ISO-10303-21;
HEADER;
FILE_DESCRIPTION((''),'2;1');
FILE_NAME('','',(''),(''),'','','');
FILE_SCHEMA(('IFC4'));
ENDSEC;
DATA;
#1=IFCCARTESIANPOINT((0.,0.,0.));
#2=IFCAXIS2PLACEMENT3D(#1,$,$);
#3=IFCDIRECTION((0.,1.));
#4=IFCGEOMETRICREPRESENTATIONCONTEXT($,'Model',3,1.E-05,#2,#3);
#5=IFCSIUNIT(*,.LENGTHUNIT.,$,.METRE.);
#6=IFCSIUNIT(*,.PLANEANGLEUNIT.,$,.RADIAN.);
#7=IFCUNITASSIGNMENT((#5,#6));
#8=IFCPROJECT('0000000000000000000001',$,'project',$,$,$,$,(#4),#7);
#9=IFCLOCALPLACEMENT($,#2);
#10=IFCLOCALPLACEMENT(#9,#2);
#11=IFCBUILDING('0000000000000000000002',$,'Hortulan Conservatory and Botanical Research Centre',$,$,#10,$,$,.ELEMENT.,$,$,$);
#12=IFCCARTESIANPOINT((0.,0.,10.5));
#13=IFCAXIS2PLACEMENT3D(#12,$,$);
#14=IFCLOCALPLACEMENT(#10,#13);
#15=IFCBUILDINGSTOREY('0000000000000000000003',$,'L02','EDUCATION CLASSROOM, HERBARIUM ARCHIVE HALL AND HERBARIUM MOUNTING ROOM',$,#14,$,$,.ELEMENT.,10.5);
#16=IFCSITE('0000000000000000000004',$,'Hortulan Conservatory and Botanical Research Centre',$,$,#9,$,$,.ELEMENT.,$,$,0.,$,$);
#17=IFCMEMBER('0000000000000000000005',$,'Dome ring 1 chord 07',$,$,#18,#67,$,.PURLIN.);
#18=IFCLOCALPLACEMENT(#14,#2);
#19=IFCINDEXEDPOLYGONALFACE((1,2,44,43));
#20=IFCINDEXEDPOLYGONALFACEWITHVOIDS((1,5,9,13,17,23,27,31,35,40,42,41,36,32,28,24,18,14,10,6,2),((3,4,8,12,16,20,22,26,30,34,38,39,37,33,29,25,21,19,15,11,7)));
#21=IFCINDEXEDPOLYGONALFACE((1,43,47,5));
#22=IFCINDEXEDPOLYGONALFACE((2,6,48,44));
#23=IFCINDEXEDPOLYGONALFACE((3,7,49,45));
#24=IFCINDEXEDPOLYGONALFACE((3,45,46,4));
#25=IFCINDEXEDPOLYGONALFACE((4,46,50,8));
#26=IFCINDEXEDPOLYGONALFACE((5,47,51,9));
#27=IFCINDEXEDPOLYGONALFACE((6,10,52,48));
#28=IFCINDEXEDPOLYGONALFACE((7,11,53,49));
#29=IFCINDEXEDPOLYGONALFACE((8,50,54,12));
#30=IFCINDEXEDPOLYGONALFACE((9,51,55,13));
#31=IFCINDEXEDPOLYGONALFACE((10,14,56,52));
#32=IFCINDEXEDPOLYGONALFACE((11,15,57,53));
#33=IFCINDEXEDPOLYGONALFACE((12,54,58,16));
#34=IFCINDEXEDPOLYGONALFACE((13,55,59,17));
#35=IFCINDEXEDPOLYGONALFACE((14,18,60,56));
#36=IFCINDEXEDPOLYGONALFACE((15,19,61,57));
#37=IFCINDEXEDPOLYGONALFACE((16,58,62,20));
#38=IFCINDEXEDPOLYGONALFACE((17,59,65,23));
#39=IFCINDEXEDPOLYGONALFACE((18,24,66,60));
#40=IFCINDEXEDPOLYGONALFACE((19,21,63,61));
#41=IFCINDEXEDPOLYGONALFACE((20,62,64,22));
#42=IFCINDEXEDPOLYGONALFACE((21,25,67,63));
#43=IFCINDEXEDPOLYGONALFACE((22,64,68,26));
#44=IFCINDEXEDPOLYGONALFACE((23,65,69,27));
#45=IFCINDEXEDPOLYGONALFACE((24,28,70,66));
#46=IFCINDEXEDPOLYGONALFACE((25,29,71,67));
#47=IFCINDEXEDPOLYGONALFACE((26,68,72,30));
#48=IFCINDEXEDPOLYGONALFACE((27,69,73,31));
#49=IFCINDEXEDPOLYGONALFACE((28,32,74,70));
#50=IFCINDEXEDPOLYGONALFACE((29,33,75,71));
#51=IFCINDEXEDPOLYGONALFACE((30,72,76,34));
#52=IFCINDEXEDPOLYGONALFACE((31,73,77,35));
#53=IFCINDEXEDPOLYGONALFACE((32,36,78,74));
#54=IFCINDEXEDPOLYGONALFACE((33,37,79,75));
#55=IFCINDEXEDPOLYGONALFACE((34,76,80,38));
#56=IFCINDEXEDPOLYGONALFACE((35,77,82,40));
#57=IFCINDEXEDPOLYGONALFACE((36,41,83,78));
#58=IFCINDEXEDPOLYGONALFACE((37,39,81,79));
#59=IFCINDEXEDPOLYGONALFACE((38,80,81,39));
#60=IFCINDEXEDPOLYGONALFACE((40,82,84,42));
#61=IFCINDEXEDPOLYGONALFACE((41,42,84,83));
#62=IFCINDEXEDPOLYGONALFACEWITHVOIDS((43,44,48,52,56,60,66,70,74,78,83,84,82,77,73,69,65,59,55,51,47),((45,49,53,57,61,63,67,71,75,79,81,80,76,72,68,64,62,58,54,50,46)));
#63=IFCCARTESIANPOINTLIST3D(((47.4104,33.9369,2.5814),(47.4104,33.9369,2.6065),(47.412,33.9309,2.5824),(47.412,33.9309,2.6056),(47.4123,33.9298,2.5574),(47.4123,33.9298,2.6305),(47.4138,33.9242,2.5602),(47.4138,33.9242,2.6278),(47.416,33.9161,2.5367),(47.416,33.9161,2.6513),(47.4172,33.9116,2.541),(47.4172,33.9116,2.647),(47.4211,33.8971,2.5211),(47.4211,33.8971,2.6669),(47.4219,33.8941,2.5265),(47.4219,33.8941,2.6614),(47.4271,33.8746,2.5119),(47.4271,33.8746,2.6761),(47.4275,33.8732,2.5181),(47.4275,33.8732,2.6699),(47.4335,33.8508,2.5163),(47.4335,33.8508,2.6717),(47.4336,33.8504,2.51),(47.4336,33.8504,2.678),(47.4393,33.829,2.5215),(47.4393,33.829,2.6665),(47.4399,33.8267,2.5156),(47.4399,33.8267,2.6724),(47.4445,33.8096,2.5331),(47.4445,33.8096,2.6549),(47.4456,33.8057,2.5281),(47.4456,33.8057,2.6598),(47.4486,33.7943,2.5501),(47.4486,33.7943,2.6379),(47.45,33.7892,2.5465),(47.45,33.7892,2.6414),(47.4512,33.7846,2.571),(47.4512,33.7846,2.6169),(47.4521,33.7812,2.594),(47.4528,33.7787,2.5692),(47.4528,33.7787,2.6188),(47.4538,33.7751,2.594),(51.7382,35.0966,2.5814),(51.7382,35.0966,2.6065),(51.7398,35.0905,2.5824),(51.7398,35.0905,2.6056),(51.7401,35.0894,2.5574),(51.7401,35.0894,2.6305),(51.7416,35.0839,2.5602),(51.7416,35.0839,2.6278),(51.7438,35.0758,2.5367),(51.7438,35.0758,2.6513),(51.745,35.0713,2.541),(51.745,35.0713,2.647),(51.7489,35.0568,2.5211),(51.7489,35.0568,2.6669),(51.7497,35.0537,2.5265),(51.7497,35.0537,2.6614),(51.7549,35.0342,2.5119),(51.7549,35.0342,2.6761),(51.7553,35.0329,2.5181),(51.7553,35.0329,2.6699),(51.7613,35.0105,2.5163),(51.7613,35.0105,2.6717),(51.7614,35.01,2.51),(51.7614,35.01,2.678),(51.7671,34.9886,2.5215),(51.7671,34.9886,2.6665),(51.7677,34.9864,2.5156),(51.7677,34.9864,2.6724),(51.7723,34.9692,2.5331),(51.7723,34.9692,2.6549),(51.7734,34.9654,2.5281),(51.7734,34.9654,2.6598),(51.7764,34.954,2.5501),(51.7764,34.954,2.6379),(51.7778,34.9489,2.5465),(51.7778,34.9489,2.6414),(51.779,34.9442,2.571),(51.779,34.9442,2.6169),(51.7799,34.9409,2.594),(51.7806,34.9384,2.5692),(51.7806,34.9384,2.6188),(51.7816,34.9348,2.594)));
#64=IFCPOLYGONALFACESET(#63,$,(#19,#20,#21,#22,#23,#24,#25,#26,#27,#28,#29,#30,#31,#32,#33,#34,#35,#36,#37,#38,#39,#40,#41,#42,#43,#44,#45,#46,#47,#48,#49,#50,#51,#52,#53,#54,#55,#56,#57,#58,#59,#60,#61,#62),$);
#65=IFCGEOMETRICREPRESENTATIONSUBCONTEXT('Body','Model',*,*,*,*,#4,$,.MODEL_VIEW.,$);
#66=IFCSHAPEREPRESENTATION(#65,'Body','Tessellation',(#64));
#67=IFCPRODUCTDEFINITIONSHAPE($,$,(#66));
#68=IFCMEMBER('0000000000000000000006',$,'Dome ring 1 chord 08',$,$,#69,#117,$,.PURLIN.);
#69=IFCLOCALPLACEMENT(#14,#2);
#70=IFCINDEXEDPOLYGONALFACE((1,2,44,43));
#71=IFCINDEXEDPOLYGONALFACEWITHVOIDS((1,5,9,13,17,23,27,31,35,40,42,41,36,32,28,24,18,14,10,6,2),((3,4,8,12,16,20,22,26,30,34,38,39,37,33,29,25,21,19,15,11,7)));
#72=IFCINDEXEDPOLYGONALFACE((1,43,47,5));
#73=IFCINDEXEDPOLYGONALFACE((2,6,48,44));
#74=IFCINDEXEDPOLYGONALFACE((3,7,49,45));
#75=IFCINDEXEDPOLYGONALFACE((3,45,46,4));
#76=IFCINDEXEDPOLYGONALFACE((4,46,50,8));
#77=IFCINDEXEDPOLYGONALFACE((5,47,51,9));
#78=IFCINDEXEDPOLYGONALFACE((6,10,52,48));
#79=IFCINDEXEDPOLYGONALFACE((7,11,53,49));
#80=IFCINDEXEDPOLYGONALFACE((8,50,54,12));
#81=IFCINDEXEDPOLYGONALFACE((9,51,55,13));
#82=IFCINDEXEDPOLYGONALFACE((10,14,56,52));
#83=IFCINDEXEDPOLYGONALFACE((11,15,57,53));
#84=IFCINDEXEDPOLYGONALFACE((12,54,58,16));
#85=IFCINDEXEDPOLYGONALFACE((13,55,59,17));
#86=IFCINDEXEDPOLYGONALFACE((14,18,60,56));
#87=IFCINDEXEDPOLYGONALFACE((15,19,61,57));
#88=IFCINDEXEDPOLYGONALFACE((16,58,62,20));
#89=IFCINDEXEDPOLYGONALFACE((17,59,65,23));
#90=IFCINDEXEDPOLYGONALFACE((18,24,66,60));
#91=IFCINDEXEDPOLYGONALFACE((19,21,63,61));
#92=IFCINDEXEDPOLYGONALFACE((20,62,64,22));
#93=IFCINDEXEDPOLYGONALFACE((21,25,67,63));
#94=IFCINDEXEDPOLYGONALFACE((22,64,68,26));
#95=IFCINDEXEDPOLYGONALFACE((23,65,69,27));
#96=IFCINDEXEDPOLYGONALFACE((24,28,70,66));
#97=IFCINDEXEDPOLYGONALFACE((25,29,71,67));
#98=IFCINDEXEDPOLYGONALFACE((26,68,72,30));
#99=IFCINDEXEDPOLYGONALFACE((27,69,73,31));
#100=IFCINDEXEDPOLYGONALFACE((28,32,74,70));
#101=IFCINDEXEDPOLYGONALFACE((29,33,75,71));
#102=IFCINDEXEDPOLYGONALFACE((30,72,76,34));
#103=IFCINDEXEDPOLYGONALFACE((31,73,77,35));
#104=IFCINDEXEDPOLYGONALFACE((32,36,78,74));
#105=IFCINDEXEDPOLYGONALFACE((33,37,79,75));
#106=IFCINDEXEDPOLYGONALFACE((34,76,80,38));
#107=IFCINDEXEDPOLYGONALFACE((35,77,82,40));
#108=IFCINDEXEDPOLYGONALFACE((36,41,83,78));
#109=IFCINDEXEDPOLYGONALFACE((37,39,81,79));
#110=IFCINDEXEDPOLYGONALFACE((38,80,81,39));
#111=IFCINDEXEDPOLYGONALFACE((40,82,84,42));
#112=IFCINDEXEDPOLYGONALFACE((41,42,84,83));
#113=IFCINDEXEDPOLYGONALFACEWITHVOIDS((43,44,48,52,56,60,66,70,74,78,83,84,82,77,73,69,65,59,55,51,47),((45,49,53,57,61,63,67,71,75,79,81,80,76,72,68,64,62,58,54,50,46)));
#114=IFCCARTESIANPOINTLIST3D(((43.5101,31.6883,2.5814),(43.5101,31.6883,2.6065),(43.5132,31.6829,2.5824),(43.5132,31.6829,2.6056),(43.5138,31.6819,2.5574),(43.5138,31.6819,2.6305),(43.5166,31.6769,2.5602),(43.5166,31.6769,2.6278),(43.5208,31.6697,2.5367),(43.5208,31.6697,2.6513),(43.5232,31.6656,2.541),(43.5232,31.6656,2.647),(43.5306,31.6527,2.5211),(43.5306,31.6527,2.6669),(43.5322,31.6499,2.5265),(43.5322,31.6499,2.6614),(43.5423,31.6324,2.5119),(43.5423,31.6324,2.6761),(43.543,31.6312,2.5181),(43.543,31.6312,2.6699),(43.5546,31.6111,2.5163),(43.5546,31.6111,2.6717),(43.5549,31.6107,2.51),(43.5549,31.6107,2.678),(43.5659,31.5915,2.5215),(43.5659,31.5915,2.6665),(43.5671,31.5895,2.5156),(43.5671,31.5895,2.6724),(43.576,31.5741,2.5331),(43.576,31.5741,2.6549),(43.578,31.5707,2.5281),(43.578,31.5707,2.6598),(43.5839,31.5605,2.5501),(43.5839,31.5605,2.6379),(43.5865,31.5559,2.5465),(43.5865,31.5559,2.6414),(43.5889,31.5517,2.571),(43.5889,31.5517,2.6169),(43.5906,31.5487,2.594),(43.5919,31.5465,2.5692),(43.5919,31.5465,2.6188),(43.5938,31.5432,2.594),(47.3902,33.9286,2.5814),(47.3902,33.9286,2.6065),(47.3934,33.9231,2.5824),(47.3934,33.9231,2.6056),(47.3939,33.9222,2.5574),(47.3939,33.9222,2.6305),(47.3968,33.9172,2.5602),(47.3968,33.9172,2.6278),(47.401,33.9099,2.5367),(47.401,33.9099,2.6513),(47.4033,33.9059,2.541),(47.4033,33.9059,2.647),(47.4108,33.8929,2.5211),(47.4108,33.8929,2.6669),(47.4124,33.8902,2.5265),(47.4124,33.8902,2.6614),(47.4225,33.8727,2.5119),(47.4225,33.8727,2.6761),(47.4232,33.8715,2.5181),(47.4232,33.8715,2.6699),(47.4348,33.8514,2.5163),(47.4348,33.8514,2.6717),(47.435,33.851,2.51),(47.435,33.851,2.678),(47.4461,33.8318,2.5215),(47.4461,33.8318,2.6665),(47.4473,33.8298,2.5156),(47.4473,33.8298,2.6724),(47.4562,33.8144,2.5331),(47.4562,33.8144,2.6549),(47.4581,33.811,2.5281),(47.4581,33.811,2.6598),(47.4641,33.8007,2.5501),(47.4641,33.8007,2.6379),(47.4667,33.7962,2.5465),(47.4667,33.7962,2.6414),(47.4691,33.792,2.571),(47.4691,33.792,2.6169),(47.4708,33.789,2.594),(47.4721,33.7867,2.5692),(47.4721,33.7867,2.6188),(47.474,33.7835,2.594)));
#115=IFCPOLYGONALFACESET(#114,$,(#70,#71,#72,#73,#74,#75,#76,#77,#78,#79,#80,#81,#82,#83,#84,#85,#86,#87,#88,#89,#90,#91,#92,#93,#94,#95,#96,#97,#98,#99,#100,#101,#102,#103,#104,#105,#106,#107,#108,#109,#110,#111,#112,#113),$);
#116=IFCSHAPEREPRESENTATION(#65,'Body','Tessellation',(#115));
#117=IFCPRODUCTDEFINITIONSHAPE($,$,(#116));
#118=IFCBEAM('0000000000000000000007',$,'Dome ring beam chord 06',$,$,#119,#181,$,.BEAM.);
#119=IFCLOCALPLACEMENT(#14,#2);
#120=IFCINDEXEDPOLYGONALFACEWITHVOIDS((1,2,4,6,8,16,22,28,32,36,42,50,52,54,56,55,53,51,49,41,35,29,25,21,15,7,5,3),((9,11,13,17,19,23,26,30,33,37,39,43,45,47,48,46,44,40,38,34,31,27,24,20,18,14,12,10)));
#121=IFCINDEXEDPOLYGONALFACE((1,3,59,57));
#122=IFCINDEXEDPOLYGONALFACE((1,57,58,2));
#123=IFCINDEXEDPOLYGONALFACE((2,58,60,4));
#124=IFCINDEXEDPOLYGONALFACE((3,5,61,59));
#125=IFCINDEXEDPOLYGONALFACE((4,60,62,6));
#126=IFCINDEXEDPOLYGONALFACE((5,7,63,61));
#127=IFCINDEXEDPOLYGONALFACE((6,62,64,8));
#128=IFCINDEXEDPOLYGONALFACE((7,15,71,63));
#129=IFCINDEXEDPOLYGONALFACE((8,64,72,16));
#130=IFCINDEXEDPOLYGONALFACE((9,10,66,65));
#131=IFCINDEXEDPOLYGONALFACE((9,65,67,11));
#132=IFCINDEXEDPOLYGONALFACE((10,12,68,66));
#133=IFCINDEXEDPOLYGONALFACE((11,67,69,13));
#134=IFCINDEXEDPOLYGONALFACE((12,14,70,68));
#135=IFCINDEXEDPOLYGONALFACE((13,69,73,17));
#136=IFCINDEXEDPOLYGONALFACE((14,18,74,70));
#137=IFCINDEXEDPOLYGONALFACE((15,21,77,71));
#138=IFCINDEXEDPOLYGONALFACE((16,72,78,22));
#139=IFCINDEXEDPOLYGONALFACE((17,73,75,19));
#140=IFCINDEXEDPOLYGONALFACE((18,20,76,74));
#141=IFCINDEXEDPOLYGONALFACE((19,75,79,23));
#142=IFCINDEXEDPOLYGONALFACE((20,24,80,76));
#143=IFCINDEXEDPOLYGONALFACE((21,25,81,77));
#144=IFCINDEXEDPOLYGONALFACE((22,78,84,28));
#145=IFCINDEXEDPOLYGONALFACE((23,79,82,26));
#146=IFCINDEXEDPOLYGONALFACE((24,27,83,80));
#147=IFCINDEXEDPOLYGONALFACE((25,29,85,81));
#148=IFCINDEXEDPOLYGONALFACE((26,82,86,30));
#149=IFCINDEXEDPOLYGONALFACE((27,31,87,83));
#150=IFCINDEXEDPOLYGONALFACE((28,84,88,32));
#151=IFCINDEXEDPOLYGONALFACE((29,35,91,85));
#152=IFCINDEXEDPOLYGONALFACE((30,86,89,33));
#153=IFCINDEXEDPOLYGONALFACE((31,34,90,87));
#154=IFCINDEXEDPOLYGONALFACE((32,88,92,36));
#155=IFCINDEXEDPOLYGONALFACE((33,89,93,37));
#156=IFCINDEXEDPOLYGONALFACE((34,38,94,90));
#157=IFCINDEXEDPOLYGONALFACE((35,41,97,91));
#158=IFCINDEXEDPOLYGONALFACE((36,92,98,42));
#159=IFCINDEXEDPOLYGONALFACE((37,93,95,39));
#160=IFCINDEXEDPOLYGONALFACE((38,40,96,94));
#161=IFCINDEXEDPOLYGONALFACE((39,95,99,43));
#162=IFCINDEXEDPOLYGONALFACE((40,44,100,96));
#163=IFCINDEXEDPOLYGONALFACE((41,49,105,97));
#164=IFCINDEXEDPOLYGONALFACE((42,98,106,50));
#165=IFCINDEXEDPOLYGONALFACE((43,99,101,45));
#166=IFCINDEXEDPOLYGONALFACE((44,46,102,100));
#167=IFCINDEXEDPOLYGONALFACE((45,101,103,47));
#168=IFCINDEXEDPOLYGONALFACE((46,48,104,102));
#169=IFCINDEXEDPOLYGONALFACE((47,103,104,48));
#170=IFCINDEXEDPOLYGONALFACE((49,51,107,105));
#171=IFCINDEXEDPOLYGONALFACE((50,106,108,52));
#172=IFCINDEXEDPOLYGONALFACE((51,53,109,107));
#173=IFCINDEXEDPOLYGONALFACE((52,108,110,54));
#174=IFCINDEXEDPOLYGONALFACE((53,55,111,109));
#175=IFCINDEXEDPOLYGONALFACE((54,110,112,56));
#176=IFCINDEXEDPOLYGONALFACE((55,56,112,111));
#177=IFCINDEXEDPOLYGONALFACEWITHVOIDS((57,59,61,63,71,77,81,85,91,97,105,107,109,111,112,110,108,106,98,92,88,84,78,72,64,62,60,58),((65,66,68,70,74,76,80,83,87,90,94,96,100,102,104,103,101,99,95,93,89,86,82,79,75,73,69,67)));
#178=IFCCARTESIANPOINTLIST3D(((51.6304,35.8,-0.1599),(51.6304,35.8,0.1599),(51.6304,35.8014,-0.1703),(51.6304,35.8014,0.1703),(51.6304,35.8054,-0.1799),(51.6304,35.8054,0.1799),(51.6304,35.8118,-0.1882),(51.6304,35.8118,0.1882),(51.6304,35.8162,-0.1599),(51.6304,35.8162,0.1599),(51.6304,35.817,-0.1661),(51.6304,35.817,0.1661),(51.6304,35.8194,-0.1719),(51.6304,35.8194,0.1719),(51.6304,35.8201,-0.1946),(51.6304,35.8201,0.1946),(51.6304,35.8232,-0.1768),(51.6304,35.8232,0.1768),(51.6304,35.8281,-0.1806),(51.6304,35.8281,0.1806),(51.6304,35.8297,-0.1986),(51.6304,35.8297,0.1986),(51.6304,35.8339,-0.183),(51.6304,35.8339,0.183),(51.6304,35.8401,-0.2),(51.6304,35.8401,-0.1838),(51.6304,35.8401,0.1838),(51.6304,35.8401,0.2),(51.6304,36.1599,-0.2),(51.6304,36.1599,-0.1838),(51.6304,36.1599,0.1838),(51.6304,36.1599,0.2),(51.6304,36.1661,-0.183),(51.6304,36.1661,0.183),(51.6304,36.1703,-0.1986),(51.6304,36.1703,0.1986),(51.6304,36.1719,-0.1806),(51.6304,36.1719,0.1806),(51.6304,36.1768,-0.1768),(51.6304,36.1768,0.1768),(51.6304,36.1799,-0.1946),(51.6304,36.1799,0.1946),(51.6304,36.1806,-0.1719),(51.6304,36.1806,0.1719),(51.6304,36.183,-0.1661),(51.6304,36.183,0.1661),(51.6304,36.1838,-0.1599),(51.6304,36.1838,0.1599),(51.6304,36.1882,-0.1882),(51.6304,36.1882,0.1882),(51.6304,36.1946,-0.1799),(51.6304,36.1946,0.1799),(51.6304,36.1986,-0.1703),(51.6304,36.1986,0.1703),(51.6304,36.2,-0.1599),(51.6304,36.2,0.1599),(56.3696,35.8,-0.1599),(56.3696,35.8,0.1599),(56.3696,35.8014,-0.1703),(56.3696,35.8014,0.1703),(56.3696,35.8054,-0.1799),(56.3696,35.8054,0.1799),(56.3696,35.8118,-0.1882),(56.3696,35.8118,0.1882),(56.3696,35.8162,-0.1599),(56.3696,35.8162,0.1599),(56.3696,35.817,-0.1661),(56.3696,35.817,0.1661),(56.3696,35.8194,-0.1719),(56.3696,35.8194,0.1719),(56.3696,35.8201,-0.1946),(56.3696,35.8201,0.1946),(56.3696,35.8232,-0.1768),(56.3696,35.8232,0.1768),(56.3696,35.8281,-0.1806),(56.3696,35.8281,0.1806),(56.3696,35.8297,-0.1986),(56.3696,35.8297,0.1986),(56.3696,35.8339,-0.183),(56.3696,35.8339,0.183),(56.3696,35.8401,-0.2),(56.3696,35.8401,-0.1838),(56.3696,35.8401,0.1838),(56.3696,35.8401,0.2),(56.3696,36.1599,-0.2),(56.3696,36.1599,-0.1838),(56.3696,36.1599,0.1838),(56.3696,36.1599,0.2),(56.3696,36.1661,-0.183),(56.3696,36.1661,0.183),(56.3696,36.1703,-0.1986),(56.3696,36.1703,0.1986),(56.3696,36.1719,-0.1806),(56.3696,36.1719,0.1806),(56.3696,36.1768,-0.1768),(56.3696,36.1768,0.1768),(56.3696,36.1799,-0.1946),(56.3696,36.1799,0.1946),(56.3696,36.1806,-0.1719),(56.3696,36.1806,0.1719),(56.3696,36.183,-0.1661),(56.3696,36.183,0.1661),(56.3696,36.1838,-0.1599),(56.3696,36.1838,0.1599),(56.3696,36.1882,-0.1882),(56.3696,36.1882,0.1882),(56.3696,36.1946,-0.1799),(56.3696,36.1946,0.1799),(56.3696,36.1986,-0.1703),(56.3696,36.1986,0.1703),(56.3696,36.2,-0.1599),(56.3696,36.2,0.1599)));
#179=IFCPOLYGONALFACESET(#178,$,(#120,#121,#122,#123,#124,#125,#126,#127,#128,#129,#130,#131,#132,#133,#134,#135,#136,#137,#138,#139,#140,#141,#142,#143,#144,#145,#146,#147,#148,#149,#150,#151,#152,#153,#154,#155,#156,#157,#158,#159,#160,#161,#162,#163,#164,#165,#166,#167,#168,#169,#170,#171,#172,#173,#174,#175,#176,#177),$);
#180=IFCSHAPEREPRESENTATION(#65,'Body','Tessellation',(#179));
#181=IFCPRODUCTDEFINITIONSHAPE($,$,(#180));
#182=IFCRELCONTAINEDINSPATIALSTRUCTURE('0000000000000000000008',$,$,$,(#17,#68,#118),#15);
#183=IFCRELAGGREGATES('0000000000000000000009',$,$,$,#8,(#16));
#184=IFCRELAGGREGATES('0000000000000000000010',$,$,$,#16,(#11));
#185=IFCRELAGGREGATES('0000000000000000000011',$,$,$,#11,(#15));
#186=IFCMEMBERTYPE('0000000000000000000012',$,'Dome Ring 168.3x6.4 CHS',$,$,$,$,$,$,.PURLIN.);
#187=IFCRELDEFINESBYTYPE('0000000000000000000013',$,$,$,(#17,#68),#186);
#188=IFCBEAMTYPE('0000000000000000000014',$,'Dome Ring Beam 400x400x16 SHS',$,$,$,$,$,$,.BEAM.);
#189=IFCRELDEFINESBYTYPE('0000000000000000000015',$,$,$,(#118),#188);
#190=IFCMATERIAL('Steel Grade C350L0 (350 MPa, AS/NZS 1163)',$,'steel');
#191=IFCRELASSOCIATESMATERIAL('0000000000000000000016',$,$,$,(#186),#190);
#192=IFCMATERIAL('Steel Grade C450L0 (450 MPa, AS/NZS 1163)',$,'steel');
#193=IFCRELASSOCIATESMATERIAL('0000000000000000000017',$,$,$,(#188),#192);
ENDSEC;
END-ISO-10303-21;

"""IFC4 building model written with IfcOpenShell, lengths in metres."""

from ifc_helpers import new_model, si_unit, direction, frame, origin, origin_2d, place, context, subcontext, project, spatial, hollow_rectangle, hollow_circle, extrude, material, material_profile, profile_set, type_object, element, save


model = new_model("IFC4")

# Units and contexts
model_context = context("Model", 3, precision=1e-05, world=origin(), true_north=direction((0.0, 1.0)))
body_context = subcontext(model_context, "Body", "Model", "MODEL_VIEW")
ifc_project = project(units=[si_unit("LENGTHUNIT", "METRE"), si_unit("PLANEANGLEUNIT", "RADIAN")], contexts=[model_context])

# Site, building, storey
site_placement = place(None, origin())
site = spatial("IfcSite", under=ifc_project, at=site_placement, Name="Hortulan Conservatory and Botanical Research Centre", CompositionType="ELEMENT", RefElevation=0.0)
building_placement = place(site_placement, origin())
building = spatial("IfcBuilding", under=site, at=building_placement, Name="Hortulan Conservatory and Botanical Research Centre", CompositionType="ELEMENT")
storey_placement = place(building_placement, frame((0.0, 0.0, 10.5)))
storey = spatial("IfcBuildingStorey", under=building, at=storey_placement, Name="L02", Description="EDUCATION CLASSROOM, HERBARIUM ARCHIVE HALL AND HERBARIUM MOUNTING ROOM", CompositionType="ELEMENT", Elevation=10.5)

# Shared definitions
ifc_material_1 = material(Name="Steel Grade C350L0 (350 MPa, AS/NZS 1163)", Category="steel")

# Members
ifc_material_profile_1 = material_profile(ifc_material_1, hollow_circle(Radius=0.0842, WallThickness=0.0063, at=origin_2d()), Name="168.3x6.4CHS")
ifc_profile_set_1 = profile_set([ifc_material_profile_1], Name="Steel Grade C350L0 (350 MPa, AS/NZS 1163)")
member_type_1 = type_object("IfcMemberType", Name="Dome Ring 168.3x6.4 CHS", PredefinedType="PURLIN", material=ifc_profile_set_1)
for number, where, z_axis, x_axis, name in (
    (1, (51.7598, 35.0161, 2.594), (-0.965925, -0.258822, 0.0), (0.258822, -0.965925, 0.0), "Dome ring 1 chord 07"),
    (2, (47.4319, 33.8564, 2.594), (-0.866021, -0.500007, 0.0), (0.500007, -0.866021, 0.0), "Dome ring 1 chord 08"),
):
    element("IfcMember", number, at=place(storey_placement, frame(where, z_axis=z_axis, x_axis=x_axis)), inside=storey, type_object=member_type_1, Name=name, PredefinedType="PURLIN", context=body_context, shape_type="SweptSolid", body=[
        extrude(hollow_circle(Radius=0.0842, WallThickness=0.0063, at=origin_2d()), origin(), (0.0, 0.0, 1.0), 4.4805),
    ])

# Beam
ifc_material_2 = material(Name="Steel Grade C450L0 (450 MPa, AS/NZS 1163)", Category="steel")
ifc_material_profile_2 = material_profile(ifc_material_2, hollow_rectangle(XDim=0.3999, YDim=0.3999, WallThickness=0.0161, InnerFilletRadius=0.0239, OuterFilletRadius=0.04, at=origin_2d()), Name="400x400x16SHS")
ifc_profile_set_2 = profile_set([ifc_material_profile_2], Name="Steel Grade C450L0 (450 MPa, AS/NZS 1163)")
beam_type_1 = type_object("IfcBeamType", Name="Dome Ring Beam 400x400x16 SHS", PredefinedType="BEAM", material=ifc_profile_set_2)
beam_1_placement = place(storey_placement, frame((56.3696, 36.0, 0.0), z_axis=(-1.0, 0.0, 0.0), x_axis=(0.0, -1.0, 0.0)))
element("IfcBeam", 3, at=beam_1_placement, inside=storey, type_object=beam_type_1, Name="Dome ring beam chord 06", PredefinedType="BEAM", context=body_context, shape_type="SweptSolid", body=[
    extrude(hollow_rectangle(XDim=0.3999, YDim=0.3999, WallThickness=0.0161, InnerFilletRadius=0.0239, OuterFilletRadius=0.04, at=origin_2d()), origin(), (0.0, 0.0, 1.0), 4.7393),
])

save(model, "model.ifc")
